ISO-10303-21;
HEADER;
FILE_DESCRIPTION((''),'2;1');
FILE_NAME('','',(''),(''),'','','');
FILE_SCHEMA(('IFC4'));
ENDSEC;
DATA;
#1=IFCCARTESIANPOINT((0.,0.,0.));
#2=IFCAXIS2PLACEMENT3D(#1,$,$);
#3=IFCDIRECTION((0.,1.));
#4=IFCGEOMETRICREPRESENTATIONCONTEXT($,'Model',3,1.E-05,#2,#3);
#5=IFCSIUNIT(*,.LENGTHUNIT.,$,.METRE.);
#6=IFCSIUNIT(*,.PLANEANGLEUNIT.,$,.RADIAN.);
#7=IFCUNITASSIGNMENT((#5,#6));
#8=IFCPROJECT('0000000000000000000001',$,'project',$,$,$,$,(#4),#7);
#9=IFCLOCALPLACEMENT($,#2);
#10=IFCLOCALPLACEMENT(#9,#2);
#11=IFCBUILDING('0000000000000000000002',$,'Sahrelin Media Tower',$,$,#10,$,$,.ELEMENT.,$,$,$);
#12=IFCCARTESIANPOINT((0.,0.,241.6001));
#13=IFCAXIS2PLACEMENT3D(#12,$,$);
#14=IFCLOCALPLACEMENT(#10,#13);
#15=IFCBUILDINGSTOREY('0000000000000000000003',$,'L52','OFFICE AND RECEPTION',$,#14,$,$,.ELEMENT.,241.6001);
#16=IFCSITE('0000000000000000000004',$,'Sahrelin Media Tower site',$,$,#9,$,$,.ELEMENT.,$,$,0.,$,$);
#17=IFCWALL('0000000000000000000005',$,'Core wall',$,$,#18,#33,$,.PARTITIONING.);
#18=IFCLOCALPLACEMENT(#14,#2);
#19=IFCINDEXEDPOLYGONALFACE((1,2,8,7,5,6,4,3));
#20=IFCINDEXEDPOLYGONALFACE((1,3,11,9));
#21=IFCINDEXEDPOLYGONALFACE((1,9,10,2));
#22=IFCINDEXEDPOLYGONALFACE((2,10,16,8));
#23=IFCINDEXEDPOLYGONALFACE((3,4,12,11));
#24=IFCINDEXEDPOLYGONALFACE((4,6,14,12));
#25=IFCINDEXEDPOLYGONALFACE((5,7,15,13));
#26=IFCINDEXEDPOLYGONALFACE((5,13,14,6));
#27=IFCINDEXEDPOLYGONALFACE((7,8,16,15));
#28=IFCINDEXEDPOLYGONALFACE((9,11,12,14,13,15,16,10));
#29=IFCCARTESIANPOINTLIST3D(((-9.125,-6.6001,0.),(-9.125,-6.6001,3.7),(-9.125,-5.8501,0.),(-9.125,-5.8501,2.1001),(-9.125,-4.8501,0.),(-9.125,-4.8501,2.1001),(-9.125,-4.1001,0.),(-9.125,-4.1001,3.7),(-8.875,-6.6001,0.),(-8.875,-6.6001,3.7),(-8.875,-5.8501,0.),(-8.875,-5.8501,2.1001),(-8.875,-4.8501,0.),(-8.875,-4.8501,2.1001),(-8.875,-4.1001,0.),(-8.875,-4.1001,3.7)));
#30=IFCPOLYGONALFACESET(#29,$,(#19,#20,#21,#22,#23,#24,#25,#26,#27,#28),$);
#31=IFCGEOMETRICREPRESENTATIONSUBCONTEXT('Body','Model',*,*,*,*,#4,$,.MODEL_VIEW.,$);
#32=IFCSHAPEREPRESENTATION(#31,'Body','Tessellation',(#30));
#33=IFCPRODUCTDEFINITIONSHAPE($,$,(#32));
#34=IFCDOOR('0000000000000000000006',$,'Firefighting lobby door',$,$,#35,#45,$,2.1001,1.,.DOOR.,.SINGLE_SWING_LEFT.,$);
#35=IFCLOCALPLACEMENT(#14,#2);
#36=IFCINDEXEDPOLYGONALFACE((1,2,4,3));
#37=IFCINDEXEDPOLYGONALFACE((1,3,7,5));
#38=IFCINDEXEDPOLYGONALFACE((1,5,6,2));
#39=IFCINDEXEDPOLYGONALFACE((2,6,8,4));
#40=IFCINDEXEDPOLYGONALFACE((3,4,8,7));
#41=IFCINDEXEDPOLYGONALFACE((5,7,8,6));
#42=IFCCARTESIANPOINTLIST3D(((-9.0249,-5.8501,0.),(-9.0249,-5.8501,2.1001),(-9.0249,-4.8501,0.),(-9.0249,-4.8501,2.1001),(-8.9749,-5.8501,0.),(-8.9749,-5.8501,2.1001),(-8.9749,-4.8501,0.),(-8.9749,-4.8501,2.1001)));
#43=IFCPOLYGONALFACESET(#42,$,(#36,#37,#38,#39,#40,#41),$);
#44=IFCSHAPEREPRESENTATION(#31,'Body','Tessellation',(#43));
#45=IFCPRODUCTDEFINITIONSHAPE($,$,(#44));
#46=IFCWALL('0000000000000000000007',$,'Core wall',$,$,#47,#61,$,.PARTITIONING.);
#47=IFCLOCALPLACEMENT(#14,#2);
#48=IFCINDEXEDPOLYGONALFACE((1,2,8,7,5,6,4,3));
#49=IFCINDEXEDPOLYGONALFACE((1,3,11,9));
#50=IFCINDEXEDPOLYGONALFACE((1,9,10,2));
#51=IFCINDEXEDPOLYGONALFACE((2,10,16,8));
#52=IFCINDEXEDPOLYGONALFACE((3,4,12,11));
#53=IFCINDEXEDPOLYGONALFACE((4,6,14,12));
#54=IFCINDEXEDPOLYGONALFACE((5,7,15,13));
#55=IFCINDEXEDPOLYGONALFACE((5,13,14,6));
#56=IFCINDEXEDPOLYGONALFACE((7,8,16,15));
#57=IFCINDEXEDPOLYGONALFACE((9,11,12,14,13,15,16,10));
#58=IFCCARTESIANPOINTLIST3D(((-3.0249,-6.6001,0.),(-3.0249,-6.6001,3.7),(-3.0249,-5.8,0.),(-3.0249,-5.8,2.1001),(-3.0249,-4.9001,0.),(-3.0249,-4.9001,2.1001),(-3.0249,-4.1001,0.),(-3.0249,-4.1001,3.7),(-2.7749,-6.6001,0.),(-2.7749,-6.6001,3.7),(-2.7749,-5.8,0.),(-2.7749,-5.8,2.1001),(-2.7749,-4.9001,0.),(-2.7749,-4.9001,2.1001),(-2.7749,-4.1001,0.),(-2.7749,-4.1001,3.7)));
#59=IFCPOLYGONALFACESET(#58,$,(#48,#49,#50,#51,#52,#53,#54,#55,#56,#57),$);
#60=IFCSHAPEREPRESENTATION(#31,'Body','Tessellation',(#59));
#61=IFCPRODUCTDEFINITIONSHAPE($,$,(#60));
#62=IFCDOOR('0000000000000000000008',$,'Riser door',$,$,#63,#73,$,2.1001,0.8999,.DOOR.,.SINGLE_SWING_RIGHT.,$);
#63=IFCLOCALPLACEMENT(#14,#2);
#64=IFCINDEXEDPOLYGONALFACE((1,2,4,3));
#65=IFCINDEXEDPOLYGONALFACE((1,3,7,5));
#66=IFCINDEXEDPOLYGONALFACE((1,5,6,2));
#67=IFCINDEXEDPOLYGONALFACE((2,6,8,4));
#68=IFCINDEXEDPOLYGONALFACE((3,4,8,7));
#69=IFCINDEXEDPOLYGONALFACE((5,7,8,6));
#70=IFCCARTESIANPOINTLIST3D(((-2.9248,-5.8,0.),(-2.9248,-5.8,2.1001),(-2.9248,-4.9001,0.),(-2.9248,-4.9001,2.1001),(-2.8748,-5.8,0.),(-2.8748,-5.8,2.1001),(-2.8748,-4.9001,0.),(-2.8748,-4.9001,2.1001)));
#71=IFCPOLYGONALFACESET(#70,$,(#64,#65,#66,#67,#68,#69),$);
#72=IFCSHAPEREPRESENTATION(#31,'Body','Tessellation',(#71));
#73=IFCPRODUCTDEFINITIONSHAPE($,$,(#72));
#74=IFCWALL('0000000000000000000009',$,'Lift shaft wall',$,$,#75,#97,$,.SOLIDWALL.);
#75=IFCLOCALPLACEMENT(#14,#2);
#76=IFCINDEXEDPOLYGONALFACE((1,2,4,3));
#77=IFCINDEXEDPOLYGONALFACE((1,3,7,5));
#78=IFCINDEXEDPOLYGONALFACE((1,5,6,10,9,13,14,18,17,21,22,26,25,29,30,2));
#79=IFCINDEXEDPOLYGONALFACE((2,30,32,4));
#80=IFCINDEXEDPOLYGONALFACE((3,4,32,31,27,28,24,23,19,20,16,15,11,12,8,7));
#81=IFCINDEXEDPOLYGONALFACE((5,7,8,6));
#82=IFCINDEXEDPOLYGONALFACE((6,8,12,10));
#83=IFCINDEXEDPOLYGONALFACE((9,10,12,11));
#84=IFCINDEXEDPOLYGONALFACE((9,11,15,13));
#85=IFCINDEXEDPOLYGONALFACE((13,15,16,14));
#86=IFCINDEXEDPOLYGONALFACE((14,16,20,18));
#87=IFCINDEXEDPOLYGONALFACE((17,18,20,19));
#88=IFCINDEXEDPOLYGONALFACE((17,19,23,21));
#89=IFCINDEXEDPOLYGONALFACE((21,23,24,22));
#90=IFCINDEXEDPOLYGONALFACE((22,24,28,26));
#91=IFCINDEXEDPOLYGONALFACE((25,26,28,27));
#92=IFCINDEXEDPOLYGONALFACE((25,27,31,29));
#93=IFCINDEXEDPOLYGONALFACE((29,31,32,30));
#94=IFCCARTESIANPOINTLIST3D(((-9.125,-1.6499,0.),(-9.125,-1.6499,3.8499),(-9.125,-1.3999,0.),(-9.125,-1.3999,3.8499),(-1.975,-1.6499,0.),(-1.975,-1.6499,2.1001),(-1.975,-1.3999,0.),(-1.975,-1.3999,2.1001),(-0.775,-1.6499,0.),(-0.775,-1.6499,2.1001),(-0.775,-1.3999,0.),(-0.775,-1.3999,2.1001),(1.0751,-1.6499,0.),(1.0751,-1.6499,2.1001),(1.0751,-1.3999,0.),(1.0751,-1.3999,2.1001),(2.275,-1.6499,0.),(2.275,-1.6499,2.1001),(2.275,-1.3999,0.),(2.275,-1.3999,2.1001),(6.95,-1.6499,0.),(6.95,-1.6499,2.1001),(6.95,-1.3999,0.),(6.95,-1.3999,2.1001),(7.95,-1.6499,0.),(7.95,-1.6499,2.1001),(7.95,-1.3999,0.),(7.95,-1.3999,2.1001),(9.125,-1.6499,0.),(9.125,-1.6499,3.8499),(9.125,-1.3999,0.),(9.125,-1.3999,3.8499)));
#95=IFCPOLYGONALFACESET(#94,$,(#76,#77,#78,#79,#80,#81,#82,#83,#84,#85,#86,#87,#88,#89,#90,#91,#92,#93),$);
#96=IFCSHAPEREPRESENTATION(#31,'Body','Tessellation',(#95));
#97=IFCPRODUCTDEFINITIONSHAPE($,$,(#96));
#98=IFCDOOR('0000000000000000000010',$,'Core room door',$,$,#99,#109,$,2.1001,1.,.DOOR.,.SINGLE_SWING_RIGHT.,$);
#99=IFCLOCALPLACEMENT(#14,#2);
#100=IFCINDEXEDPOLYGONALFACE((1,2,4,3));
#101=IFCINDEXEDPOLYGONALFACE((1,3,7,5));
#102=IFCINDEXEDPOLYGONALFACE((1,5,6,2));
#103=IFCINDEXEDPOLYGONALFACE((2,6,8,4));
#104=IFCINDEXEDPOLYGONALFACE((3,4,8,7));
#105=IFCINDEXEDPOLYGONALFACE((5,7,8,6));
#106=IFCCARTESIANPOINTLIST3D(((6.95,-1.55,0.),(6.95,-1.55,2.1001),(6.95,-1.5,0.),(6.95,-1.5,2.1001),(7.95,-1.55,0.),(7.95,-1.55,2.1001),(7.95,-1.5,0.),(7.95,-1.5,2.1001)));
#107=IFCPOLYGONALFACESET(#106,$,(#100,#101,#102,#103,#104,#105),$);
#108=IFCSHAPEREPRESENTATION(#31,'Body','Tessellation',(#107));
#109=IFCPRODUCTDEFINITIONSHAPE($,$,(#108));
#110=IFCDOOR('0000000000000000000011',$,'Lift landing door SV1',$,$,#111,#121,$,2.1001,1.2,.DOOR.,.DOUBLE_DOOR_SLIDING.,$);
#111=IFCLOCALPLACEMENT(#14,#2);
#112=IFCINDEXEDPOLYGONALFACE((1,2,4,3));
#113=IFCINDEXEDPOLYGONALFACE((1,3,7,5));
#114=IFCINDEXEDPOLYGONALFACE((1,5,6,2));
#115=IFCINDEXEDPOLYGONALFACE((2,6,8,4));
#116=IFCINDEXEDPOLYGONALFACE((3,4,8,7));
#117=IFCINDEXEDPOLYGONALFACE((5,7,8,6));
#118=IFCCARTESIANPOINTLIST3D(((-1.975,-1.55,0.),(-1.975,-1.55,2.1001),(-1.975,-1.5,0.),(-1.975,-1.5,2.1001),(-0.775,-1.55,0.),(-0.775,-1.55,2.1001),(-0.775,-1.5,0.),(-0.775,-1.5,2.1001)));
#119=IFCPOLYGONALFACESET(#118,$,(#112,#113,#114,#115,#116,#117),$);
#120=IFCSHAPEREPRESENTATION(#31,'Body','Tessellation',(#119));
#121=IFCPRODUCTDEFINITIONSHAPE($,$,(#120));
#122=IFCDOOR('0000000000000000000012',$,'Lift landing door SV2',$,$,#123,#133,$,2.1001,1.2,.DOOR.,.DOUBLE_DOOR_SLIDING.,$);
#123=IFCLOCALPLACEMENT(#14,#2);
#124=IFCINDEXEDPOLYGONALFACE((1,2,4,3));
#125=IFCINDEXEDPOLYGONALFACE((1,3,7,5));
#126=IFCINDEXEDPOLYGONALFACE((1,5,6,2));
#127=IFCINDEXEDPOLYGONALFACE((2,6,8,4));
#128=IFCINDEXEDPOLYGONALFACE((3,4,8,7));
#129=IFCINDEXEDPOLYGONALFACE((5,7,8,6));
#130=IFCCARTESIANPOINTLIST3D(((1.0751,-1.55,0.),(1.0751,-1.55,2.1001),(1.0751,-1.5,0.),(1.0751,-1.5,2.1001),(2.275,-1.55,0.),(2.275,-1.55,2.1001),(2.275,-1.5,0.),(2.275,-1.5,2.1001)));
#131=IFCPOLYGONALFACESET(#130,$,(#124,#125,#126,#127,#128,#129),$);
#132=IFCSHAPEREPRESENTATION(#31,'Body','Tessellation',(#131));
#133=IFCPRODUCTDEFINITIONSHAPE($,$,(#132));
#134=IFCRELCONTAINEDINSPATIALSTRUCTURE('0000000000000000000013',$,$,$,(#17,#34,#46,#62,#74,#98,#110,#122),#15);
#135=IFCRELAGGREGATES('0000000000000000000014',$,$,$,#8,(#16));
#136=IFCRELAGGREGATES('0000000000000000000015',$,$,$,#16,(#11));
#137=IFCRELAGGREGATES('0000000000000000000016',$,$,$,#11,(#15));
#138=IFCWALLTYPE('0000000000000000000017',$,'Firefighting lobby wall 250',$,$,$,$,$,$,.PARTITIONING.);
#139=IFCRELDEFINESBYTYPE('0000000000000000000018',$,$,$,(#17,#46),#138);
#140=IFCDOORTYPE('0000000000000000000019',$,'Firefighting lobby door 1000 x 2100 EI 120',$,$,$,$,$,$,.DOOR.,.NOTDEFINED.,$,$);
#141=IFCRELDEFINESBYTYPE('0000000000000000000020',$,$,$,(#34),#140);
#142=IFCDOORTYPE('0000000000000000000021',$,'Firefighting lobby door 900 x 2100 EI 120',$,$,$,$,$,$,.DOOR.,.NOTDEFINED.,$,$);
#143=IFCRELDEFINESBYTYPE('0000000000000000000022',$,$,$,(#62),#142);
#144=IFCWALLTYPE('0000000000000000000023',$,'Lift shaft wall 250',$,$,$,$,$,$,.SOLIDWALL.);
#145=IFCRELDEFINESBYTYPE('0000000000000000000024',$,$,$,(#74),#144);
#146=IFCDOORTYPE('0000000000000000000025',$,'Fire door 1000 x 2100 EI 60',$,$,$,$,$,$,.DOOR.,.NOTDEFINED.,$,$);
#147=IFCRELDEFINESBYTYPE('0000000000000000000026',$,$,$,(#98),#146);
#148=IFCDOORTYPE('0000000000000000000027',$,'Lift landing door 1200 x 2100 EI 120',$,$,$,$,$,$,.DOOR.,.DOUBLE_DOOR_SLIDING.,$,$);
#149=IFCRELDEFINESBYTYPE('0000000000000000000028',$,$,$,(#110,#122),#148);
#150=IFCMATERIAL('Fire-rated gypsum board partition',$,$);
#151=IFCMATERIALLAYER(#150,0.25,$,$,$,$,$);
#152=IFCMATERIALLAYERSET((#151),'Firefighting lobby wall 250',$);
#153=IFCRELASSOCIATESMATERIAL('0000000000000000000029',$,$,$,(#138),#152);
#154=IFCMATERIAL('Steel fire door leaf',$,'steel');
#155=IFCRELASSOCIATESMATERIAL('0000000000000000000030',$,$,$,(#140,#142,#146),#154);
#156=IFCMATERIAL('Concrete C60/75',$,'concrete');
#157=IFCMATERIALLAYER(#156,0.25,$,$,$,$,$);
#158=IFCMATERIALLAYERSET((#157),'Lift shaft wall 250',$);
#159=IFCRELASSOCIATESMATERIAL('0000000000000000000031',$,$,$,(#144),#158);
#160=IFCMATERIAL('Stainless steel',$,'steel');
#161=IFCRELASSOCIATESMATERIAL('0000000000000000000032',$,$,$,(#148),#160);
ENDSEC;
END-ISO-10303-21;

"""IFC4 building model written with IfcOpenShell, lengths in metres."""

from ifc_helpers import new_model, si_unit, direction, frame, frame_2d, origin, place, context, subcontext, project, spatial, rectangle, extrude, material, layer, layer_set, type_object, element, fill, save


model = new_model("IFC4")

# Units and contexts
model_context = context("Model", 3, precision=1e-05, world=origin(), true_north=direction((0.0, 1.0)))
body_context = subcontext(model_context, "Body", "Model", "MODEL_VIEW")
ifc_project = project(units=[si_unit("LENGTHUNIT", "METRE"), si_unit("PLANEANGLEUNIT", "RADIAN")], contexts=[model_context])

# Site, building, storey
site_placement = place(None, origin())
site = spatial("IfcSite", under=ifc_project, at=site_placement, Name="Sahrelin Media Tower site", CompositionType="ELEMENT", RefElevation=0.0)
building_placement = place(site_placement, origin())
building = spatial("IfcBuilding", under=site, at=building_placement, Name="Sahrelin Media Tower", CompositionType="ELEMENT")
storey_placement = place(building_placement, frame((0.0, 0.0, 241.6001)))
storey = spatial("IfcBuildingStorey", under=building, at=storey_placement, Name="L52", Description="OFFICE AND RECEPTION", CompositionType="ELEMENT", Elevation=241.6001)

# Shared definitions
ifc_material_1 = material(Name="Concrete C60/75", Category="concrete")

# Walls, openings, doors
ifc_material_2 = material(Name="Fire-rated gypsum board partition")
ifc_layer_1 = layer(ifc_material_2, 0.25)
ifc_layer_set_1 = layer_set([ifc_layer_1], Name="Firefighting lobby wall 250")
wall_type_1 = type_object("IfcWallType", Name="Firefighting lobby wall 250", PredefinedType="PARTITIONING", material=ifc_layer_set_1)
wall_1_placement = place(storey_placement, frame((-9.0, -6.6001, 0.0), z_axis=(0.0, 0.0, 1.0), x_axis=(0.0, 1.0, 0.0)))
wall_1 = element("IfcWall", 1, at=wall_1_placement, inside=storey, type_object=wall_type_1, Name="Core wall", PredefinedType="PARTITIONING", context=body_context, shape_type="SweptSolid", body=[
    extrude(rectangle(XDim=2.5, YDim=0.25, at=frame_2d((1.25, 0.0))), origin(), (0.0, 0.0, 1.0), 3.7),
])
opening_1_placement = place(wall_1_placement, frame((0.75, 0.0, 0.0)))
opening_1 = element("IfcOpeningElement", 2, at=opening_1_placement, cuts=wall_1, PredefinedType="OPENING", context=body_context, shape_type="SweptSolid", body=[
    extrude(rectangle(XDim=1.0, YDim=2.1001, at=frame_2d((0.5, 1.05))), frame((0.0, 0.125, 0.0), z_axis=(0.0, -1.0, 0.0), x_axis=(1.0, 0.0, 0.0)), (0.0, 0.0, 1.0), 0.25),
])
ifc_material_3 = material(Name="Steel fire door leaf", Category="steel")
door_type_1 = type_object("IfcDoorType", Name="Firefighting lobby door 1000 x 2100 EI 120", OperationType="NOTDEFINED", PredefinedType="DOOR", material=ifc_material_3)
door_1_placement = place(opening_1_placement, origin())
door_1 = element("IfcDoor", 3, at=door_1_placement, inside=storey, type_object=door_type_1, Name="Firefighting lobby door", OperationType="SINGLE_SWING_LEFT", OverallHeight=2.1001, OverallWidth=1.0, PredefinedType="DOOR", context=body_context, shape_type="SweptSolid", body=[
    extrude(rectangle(XDim=1.0, YDim=2.1001, at=frame_2d((0.5, 1.05))), frame((0.0, 0.0249, 0.0), z_axis=(0.0, -1.0, 0.0), x_axis=(1.0, 0.0, 0.0)), (0.0, 0.0, 1.0), 0.05),
])
fill(opening_1, door_1)
wall_2_placement = place(storey_placement, frame((-2.8999, -6.6001, 0.0), z_axis=(0.0, 0.0, 1.0), x_axis=(0.0, 1.0, 0.0)))
wall_2 = element("IfcWall", 4, at=wall_2_placement, inside=storey, type_object=wall_type_1, Name="Core wall", PredefinedType="PARTITIONING", context=body_context, shape_type="SweptSolid", body=[
    extrude(rectangle(XDim=2.5, YDim=0.25, at=frame_2d((1.25, 0.0))), origin(), (0.0, 0.0, 1.0), 3.7),
])
opening_2_placement = place(wall_2_placement, frame((0.8, 0.0, 0.0)))
opening_2 = element("IfcOpeningElement", 5, at=opening_2_placement, cuts=wall_2, PredefinedType="OPENING", context=body_context, shape_type="SweptSolid", body=[
    extrude(rectangle(XDim=0.8999, YDim=2.1001, at=frame_2d((0.45, 1.05))), frame((0.0, 0.125, 0.0), z_axis=(0.0, -1.0, 0.0), x_axis=(1.0, 0.0, 0.0)), (0.0, 0.0, 1.0), 0.25),
])
door_type_2 = type_object("IfcDoorType", Name="Firefighting lobby door 900 x 2100 EI 120", OperationType="NOTDEFINED", PredefinedType="DOOR", material=ifc_material_3)
door_2_placement = place(opening_2_placement, origin())
door_2 = element("IfcDoor", 6, at=door_2_placement, inside=storey, type_object=door_type_2, Name="Riser door", OperationType="SINGLE_SWING_RIGHT", OverallHeight=2.1001, OverallWidth=0.8999, PredefinedType="DOOR", context=body_context, shape_type="SweptSolid", body=[
    extrude(rectangle(XDim=0.8999, YDim=2.1001, at=frame_2d((0.45, 1.05))), frame((0.0, 0.0249, 0.0), z_axis=(0.0, -1.0, 0.0), x_axis=(1.0, 0.0, 0.0)), (0.0, 0.0, 1.0), 0.05),
])
fill(opening_2, door_2)

# Wall, openings, doors
ifc_layer_2 = layer(ifc_material_1, 0.25)
ifc_layer_set_2 = layer_set([ifc_layer_2], Name="Lift shaft wall 250")
wall_type_2 = type_object("IfcWallType", Name="Lift shaft wall 250", PredefinedType="SOLIDWALL", material=ifc_layer_set_2)
wall_3_placement = place(storey_placement, frame((-9.125, -1.5249, 0.0), z_axis=(0.0, 0.0, 1.0), x_axis=(1.0, 0.0, 0.0)))
wall_3 = element("IfcWall", 7, at=wall_3_placement, inside=storey, type_object=wall_type_2, Name="Lift shaft wall", PredefinedType="SOLIDWALL", context=body_context, shape_type="SweptSolid", body=[
    extrude(rectangle(XDim=18.25, YDim=0.25, at=frame_2d((9.125, 0.0))), origin(), (0.0, 0.0, 1.0), 3.8499),
])
opening_3_placement = place(wall_3_placement, frame((7.1499, 0.0, 0.0)))
opening_3 = element("IfcOpeningElement", 8, at=opening_3_placement, cuts=wall_3, PredefinedType="OPENING", context=body_context, shape_type="SweptSolid", body=[
    extrude(rectangle(XDim=1.2, YDim=2.1001, at=frame_2d((0.6001, 1.05))), frame((0.0, 0.125, 0.0), z_axis=(0.0, -1.0, 0.0), x_axis=(1.0, 0.0, 0.0)), (0.0, 0.0, 1.0), 0.25),
])
opening_4_placement = place(wall_3_placement, frame((10.2, 0.0, 0.0)))
opening_4 = element("IfcOpeningElement", 9, at=opening_4_placement, cuts=wall_3, PredefinedType="OPENING", context=body_context, shape_type="SweptSolid", body=[
    extrude(rectangle(XDim=1.2, YDim=2.1001, at=frame_2d((0.6001, 1.05))), frame((0.0, 0.125, 0.0), z_axis=(0.0, -1.0, 0.0), x_axis=(1.0, 0.0, 0.0)), (0.0, 0.0, 1.0), 0.25),
])
opening_5_placement = place(wall_3_placement, frame((16.075, 0.0, 0.0)))
opening_5 = element("IfcOpeningElement", 10, at=opening_5_placement, cuts=wall_3, PredefinedType="OPENING", context=body_context, shape_type="SweptSolid", body=[
    extrude(rectangle(XDim=1.0, YDim=2.1001, at=frame_2d((0.5, 1.05))), frame((0.0, 0.125, 0.0), z_axis=(0.0, -1.0, 0.0), x_axis=(1.0, 0.0, 0.0)), (0.0, 0.0, 1.0), 0.25),
])
door_type_3 = type_object("IfcDoorType", Name="Fire door 1000 x 2100 EI 60", OperationType="NOTDEFINED", PredefinedType="DOOR", material=ifc_material_3)
door_3_placement = place(opening_5_placement, origin())
door_3 = element("IfcDoor", 11, at=door_3_placement, inside=storey, type_object=door_type_3, Name="Core room door", OperationType="SINGLE_SWING_RIGHT", OverallHeight=2.1001, OverallWidth=1.0, PredefinedType="DOOR", context=body_context, shape_type="SweptSolid", body=[
    extrude(rectangle(XDim=1.0, YDim=2.1001, at=frame_2d((0.5, 1.05))), frame((0.0, 0.0249, 0.0), z_axis=(0.0, -1.0, 0.0), x_axis=(1.0, 0.0, 0.0)), (0.0, 0.0, 1.0), 0.05),
])
fill(opening_5, door_3)
ifc_material_4 = material(Name="Stainless steel", Category="steel")
door_type_4 = type_object("IfcDoorType", Name="Lift landing door 1200 x 2100 EI 120", OperationType="DOUBLE_DOOR_SLIDING", PredefinedType="DOOR", material=ifc_material_4)
door_4_placement = place(opening_3_placement, origin())
door_4 = element("IfcDoor", 12, at=door_4_placement, inside=storey, type_object=door_type_4, Name="Lift landing door SV1", OperationType="DOUBLE_DOOR_SLIDING", OverallHeight=2.1001, OverallWidth=1.2, PredefinedType="DOOR", context=body_context, shape_type="SweptSolid", body=[
    extrude(rectangle(XDim=1.2, YDim=2.1001, at=frame_2d((0.6001, 1.05))), frame((0.0, 0.0249, 0.0), z_axis=(0.0, -1.0, 0.0), x_axis=(1.0, 0.0, 0.0)), (0.0, 0.0, 1.0), 0.05),
])
fill(opening_3, door_4)
door_5_placement = place(opening_4_placement, origin())
door_5 = element("IfcDoor", 13, at=door_5_placement, inside=storey, type_object=door_type_4, Name="Lift landing door SV2", OperationType="DOUBLE_DOOR_SLIDING", OverallHeight=2.1001, OverallWidth=1.2, PredefinedType="DOOR", context=body_context, shape_type="SweptSolid", body=[
    extrude(rectangle(XDim=1.2, YDim=2.1001, at=frame_2d((0.6001, 1.05))), frame((0.0, 0.0249, 0.0), z_axis=(0.0, -1.0, 0.0), x_axis=(1.0, 0.0, 0.0)), (0.0, 0.0, 1.0), 0.05),
])
fill(opening_4, door_5)

save(model, "model.ifc")
